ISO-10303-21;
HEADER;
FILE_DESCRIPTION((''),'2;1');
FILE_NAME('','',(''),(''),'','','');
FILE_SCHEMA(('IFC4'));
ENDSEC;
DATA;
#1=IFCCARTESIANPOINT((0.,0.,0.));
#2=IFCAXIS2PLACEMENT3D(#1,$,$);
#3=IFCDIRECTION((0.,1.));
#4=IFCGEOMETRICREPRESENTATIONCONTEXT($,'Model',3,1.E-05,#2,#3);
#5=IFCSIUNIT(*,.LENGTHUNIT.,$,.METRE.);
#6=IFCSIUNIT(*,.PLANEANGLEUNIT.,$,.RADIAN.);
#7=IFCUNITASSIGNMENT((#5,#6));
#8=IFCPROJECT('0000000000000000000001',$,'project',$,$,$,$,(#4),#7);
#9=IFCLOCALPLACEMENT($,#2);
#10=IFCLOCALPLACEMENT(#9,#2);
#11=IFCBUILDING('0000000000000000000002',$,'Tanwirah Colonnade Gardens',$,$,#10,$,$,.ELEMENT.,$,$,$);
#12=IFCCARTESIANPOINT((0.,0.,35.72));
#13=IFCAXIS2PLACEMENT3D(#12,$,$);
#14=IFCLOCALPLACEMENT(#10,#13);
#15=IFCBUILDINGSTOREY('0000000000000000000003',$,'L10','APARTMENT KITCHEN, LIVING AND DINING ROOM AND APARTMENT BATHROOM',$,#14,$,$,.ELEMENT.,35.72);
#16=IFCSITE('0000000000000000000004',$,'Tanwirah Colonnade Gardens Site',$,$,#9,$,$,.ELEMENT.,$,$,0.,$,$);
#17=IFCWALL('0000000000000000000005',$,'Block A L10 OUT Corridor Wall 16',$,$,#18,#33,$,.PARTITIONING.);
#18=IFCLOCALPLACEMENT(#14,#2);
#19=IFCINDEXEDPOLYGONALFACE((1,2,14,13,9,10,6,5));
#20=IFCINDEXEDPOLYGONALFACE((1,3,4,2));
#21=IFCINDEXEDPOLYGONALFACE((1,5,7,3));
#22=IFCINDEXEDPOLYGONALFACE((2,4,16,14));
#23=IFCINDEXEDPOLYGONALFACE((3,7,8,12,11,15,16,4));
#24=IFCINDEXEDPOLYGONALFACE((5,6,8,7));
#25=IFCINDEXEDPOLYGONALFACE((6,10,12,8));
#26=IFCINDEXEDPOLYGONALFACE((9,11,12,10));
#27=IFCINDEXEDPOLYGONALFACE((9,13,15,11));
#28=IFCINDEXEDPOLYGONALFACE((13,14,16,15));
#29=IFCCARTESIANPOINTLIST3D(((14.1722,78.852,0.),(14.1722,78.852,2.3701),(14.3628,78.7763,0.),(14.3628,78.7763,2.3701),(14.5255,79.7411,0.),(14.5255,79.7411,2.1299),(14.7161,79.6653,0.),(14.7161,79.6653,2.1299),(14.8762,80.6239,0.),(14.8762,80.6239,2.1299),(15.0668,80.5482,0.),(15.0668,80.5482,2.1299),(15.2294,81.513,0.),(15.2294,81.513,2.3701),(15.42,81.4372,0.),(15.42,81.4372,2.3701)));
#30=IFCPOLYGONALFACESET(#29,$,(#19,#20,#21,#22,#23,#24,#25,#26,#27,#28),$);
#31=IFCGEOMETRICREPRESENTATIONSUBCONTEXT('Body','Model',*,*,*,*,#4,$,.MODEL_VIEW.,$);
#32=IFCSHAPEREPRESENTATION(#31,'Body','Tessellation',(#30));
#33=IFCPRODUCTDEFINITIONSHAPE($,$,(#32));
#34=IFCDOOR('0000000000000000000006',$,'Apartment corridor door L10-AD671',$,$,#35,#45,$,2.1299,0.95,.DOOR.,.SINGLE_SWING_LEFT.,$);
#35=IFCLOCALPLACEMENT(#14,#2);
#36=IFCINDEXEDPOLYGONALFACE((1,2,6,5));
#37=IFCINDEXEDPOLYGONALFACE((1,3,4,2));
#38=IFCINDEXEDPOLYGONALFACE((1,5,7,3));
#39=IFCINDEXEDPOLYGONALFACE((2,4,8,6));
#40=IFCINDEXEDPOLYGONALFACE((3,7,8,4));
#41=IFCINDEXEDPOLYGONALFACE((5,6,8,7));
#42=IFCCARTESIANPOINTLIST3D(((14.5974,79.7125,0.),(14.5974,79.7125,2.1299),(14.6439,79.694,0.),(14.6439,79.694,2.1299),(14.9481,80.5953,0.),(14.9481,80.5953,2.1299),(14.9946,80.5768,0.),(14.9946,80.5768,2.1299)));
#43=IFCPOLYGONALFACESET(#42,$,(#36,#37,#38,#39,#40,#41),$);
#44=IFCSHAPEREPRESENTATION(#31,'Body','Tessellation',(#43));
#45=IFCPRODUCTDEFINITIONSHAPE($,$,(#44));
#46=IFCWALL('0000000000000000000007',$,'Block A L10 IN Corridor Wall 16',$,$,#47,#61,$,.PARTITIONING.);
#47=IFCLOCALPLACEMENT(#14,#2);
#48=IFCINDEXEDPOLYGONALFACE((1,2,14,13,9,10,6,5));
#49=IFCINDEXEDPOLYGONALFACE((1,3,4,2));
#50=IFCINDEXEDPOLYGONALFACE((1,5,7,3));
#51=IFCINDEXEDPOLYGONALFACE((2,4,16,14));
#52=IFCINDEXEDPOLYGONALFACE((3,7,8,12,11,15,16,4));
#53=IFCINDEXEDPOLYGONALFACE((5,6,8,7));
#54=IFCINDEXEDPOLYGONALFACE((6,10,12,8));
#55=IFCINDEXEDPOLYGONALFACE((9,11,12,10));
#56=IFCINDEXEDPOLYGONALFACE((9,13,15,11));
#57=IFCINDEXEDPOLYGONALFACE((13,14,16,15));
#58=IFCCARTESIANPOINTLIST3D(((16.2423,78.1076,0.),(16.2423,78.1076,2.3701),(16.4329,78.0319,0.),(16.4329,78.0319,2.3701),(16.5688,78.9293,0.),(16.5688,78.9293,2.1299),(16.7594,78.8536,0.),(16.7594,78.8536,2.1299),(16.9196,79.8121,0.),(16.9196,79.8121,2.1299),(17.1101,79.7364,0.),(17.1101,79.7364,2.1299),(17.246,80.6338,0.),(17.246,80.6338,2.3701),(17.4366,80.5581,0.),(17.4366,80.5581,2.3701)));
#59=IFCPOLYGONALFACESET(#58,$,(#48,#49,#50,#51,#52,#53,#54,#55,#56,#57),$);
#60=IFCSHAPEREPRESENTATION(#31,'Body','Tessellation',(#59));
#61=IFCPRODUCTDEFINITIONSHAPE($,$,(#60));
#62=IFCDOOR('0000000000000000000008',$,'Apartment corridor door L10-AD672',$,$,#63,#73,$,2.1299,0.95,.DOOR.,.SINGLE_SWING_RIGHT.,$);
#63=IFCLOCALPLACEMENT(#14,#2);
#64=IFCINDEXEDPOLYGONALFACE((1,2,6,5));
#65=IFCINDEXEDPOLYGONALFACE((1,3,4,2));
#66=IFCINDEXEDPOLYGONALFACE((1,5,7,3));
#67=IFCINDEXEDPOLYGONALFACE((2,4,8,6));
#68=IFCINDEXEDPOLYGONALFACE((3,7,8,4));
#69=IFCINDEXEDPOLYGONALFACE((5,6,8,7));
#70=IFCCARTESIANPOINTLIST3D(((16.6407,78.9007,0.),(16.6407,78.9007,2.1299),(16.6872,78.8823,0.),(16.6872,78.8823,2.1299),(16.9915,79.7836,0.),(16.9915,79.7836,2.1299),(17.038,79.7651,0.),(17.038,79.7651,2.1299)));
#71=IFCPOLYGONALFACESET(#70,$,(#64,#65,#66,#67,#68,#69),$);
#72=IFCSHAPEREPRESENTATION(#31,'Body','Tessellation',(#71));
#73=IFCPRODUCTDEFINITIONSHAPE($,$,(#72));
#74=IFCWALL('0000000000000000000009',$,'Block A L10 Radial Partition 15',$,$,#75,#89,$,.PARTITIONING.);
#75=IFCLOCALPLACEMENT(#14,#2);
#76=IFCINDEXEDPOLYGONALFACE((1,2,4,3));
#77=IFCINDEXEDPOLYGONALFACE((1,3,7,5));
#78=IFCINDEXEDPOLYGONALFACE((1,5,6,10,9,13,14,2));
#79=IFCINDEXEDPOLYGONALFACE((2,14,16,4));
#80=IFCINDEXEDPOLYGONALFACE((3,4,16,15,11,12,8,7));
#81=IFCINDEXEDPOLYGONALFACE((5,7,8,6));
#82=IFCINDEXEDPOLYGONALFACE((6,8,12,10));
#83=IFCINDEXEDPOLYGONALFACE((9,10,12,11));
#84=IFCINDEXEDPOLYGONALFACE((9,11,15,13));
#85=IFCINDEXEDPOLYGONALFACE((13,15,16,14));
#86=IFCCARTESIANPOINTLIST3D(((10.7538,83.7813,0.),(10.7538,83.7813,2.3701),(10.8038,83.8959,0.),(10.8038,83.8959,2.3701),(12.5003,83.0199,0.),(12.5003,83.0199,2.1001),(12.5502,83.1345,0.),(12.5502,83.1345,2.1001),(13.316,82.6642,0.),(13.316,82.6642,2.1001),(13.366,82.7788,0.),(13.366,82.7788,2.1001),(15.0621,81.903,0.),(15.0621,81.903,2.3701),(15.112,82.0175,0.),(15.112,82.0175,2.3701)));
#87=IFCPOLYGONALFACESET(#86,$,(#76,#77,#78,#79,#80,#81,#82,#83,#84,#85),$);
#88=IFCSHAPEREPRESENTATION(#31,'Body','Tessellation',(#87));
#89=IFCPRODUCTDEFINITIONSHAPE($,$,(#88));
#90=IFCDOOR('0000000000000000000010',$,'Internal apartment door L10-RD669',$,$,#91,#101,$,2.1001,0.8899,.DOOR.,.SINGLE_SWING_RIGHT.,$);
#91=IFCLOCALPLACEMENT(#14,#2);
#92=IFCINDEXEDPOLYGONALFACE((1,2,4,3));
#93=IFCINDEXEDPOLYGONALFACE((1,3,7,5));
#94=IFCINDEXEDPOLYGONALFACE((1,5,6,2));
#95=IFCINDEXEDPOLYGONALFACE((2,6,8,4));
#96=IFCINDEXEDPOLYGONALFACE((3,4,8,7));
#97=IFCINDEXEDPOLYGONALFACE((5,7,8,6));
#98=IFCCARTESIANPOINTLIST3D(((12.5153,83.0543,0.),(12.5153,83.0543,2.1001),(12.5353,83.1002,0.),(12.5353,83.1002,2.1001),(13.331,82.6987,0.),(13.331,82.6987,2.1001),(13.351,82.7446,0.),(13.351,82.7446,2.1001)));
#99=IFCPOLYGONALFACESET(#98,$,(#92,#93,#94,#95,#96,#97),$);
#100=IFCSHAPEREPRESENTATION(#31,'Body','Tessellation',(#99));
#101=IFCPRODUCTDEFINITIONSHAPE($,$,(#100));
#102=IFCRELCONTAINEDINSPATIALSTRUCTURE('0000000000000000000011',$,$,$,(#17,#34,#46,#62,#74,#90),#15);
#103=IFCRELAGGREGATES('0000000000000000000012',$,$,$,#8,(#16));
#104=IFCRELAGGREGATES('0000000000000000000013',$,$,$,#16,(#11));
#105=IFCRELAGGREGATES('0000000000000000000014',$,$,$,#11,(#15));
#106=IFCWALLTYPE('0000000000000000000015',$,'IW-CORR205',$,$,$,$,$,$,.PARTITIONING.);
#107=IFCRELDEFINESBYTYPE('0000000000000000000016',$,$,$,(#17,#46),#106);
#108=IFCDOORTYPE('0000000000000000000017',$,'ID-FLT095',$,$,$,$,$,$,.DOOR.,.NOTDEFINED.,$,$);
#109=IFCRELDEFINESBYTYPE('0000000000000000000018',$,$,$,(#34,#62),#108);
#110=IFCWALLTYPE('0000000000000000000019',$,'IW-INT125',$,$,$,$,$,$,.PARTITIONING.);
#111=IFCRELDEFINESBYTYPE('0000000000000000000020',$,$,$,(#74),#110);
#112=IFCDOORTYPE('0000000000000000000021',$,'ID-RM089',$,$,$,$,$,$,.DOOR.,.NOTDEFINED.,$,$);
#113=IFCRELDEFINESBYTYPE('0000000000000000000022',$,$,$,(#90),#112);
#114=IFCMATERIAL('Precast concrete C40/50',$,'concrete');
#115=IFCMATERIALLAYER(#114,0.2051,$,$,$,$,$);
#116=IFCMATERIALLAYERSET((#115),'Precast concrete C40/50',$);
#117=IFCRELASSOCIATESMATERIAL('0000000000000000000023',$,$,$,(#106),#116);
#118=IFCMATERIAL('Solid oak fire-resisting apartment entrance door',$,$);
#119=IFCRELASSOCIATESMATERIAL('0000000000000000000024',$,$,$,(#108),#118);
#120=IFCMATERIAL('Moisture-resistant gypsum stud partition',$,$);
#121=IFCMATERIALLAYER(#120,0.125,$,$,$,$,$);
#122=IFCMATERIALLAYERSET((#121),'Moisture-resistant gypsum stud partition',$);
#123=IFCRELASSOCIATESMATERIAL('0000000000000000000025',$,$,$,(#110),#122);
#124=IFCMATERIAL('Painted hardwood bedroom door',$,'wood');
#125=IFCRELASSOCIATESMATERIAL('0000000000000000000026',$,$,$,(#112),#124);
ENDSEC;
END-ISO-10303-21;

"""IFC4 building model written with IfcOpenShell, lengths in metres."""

from ifc_helpers import new_model, si_unit, direction, frame, frame_2d, origin, place, context, subcontext, project, spatial, rectangle, extrude, material, layer, layer_set, type_object, element, fill, save


model = new_model("IFC4")

# Units and contexts
model_context = context("Model", 3, precision=1e-05, world=origin(), true_north=direction((0.0, 1.0)))
body_context = subcontext(model_context, "Body", "Model", "MODEL_VIEW")
ifc_project = project(units=[si_unit("LENGTHUNIT", "METRE"), si_unit("PLANEANGLEUNIT", "RADIAN")], contexts=[model_context])

# Site, building, storey
site_placement = place(None, origin())
site = spatial("IfcSite", under=ifc_project, at=site_placement, Name="Tanwirah Colonnade Gardens Site", CompositionType="ELEMENT", RefElevation=0.0)
building_placement = place(site_placement, origin())
building = spatial("IfcBuilding", under=site, at=building_placement, Name="Tanwirah Colonnade Gardens", CompositionType="ELEMENT")
storey_placement = place(building_placement, frame((0.0, 0.0, 35.72)))
storey = spatial("IfcBuildingStorey", under=building, at=storey_placement, Name="L10", Description="APARTMENT KITCHEN, LIVING AND DINING ROOM AND APARTMENT BATHROOM", CompositionType="ELEMENT", Elevation=35.72)

# Shared definitions
ifc_material_1 = material(Name="Precast concrete C40/50", Category="concrete")

# Walls, openings, doors
ifc_layer_1 = layer(ifc_material_1, 0.2051)
ifc_layer_set_1 = layer_set([ifc_layer_1], Name="Precast concrete C40/50")
wall_type_1 = type_object("IfcWallType", Name="IW-CORR205", PredefinedType="PARTITIONING", material=ifc_layer_set_1)
wall_1_placement = place(storey_placement, frame((15.3247, 81.4751, 0.0), z_axis=(0.0, 0.0, 1.0), x_axis=(-0.369214, -0.929344, 0.0)))
wall_1 = element("IfcWall", 1, at=wall_1_placement, inside=storey, type_object=wall_type_1, Name="Block A L10 OUT Corridor Wall 16", PredefinedType="PARTITIONING", context=body_context, shape_type="SweptSolid", body=[
    extrude(rectangle(XDim=2.8633, YDim=0.2051, at=frame_2d((1.4316, 0.0))), origin(), (0.0, 0.0, 1.0), 2.3701),
])
opening_1_placement = place(wall_1_placement, frame((0.9565, 0.0, 0.0)))
opening_1 = element("IfcOpeningElement", 2, at=opening_1_placement, cuts=wall_1, PredefinedType="OPENING", context=body_context, shape_type="SweptSolid", body=[
    extrude(rectangle(XDim=0.95, YDim=2.1299, at=frame_2d((0.4751, 1.0649))), frame((0.0, 0.1125, 0.0), z_axis=(0.0, -1.0, 0.0), x_axis=(1.0, 0.0, 0.0)), (0.0, 0.0, 1.0), 0.2251),
])
ifc_material_2 = material(Name="Solid oak fire-resisting apartment entrance door")
door_type_1 = type_object("IfcDoorType", Name="ID-FLT095", OperationType="NOTDEFINED", PredefinedType="DOOR", material=ifc_material_2)
door_1_placement = place(opening_1_placement, origin())
door_1 = element("IfcDoor", 3, at=door_1_placement, inside=storey, type_object=door_type_1, Name="Apartment corridor door L10-AD671", OperationType="SINGLE_SWING_LEFT", OverallHeight=2.1299, OverallWidth=0.95, PredefinedType="DOOR", context=body_context, shape_type="SweptSolid", body=[
    extrude(rectangle(XDim=0.95, YDim=2.1299, at=frame_2d((0.4751, 1.0649))), frame((0.0, 0.0249, 0.0), z_axis=(0.0, -1.0, 0.0), x_axis=(1.0, 0.0, 0.0)), (0.0, 0.0, 1.0), 0.05),
])
fill(opening_1, door_1)
wall_2_placement = place(storey_placement, frame((17.3413, 80.5959, 0.0), z_axis=(0.0, 0.0, 1.0), x_axis=(-0.369237, -0.929335, 0.0)))
wall_2 = element("IfcWall", 4, at=wall_2_placement, inside=storey, type_object=wall_type_1, Name="Block A L10 IN Corridor Wall 16", PredefinedType="PARTITIONING", context=body_context, shape_type="SweptSolid", body=[
    extrude(rectangle(XDim=2.7183, YDim=0.2051, at=frame_2d((1.3591, 0.0))), origin(), (0.0, 0.0, 1.0), 2.3701),
])
opening_2_placement = place(wall_2_placement, frame((0.884, 0.0, 0.0)))
opening_2 = element("IfcOpeningElement", 5, at=opening_2_placement, cuts=wall_2, PredefinedType="OPENING", context=body_context, shape_type="SweptSolid", body=[
    extrude(rectangle(XDim=0.95, YDim=2.1299, at=frame_2d((0.4751, 1.0649))), frame((0.0, 0.1125, 0.0), z_axis=(0.0, -1.0, 0.0), x_axis=(1.0, 0.0, 0.0)), (0.0, 0.0, 1.0), 0.2251),
])
door_2_placement = place(opening_2_placement, origin())
door_2 = element("IfcDoor", 6, at=door_2_placement, inside=storey, type_object=door_type_1, Name="Apartment corridor door L10-AD672", OperationType="SINGLE_SWING_RIGHT", OverallHeight=2.1299, OverallWidth=0.95, PredefinedType="DOOR", context=body_context, shape_type="SweptSolid", body=[
    extrude(rectangle(XDim=0.95, YDim=2.1299, at=frame_2d((0.4751, 1.0649))), frame((0.0, 0.0249, 0.0), z_axis=(0.0, -1.0, 0.0), x_axis=(1.0, 0.0, 0.0)), (0.0, 0.0, 1.0), 0.05),
])
fill(opening_2, door_2)
ifc_material_3 = material(Name="Moisture-resistant gypsum stud partition")
ifc_layer_2 = layer(ifc_material_3, 0.125)
ifc_layer_set_2 = layer_set([ifc_layer_2], Name="Moisture-resistant gypsum stud partition")
wall_type_2 = type_object("IfcWallType", Name="IW-INT125", PredefinedType="PARTITIONING", material=ifc_layer_set_2)
wall_3_placement = place(storey_placement, frame((15.0872, 81.9602, 0.0), z_axis=(0.0, 0.0, 1.0), x_axis=(-0.916663, 0.39966, 0.0)))
wall_3 = element("IfcWall", 7, at=wall_3_placement, inside=storey, type_object=wall_type_2, Name="Block A L10 Radial Partition 15", PredefinedType="PARTITIONING", context=body_context, shape_type="SweptSolid", body=[
    extrude(rectangle(XDim=4.7, YDim=0.125, at=frame_2d((2.3501, 0.0))), origin(), (0.0, 0.0, 1.0), 2.3701),
])
opening_3_placement = place(wall_3_placement, frame((1.905, 0.0, 0.0)))
opening_3 = element("IfcOpeningElement", 8, at=opening_3_placement, cuts=wall_3, PredefinedType="OPENING", context=body_context, shape_type="SweptSolid", body=[
    extrude(rectangle(XDim=0.8899, YDim=2.1001, at=frame_2d((0.4448, 1.05))), frame((0.0, 0.0725, 0.0), z_axis=(0.0, -1.0, 0.0), x_axis=(1.0, 0.0, 0.0)), (0.0, 0.0, 1.0), 0.145),
])
ifc_material_4 = material(Name="Painted hardwood bedroom door", Category="wood")
door_type_2 = type_object("IfcDoorType", Name="ID-RM089", OperationType="NOTDEFINED", PredefinedType="DOOR", material=ifc_material_4)
door_3_placement = place(opening_3_placement, origin())
door_3 = element("IfcDoor", 9, at=door_3_placement, inside=storey, type_object=door_type_2, Name="Internal apartment door L10-RD669", OperationType="SINGLE_SWING_RIGHT", OverallHeight=2.1001, OverallWidth=0.8899, PredefinedType="DOOR", context=body_context, shape_type="SweptSolid", body=[
    extrude(rectangle(XDim=0.8899, YDim=2.1001, at=frame_2d((0.4448, 1.05))), frame((0.0, 0.0249, 0.0), z_axis=(0.0, -1.0, 0.0), x_axis=(1.0, 0.0, 0.0)), (0.0, 0.0, 1.0), 0.05),
])
fill(opening_3, door_3)

save(model, "model.ifc")
